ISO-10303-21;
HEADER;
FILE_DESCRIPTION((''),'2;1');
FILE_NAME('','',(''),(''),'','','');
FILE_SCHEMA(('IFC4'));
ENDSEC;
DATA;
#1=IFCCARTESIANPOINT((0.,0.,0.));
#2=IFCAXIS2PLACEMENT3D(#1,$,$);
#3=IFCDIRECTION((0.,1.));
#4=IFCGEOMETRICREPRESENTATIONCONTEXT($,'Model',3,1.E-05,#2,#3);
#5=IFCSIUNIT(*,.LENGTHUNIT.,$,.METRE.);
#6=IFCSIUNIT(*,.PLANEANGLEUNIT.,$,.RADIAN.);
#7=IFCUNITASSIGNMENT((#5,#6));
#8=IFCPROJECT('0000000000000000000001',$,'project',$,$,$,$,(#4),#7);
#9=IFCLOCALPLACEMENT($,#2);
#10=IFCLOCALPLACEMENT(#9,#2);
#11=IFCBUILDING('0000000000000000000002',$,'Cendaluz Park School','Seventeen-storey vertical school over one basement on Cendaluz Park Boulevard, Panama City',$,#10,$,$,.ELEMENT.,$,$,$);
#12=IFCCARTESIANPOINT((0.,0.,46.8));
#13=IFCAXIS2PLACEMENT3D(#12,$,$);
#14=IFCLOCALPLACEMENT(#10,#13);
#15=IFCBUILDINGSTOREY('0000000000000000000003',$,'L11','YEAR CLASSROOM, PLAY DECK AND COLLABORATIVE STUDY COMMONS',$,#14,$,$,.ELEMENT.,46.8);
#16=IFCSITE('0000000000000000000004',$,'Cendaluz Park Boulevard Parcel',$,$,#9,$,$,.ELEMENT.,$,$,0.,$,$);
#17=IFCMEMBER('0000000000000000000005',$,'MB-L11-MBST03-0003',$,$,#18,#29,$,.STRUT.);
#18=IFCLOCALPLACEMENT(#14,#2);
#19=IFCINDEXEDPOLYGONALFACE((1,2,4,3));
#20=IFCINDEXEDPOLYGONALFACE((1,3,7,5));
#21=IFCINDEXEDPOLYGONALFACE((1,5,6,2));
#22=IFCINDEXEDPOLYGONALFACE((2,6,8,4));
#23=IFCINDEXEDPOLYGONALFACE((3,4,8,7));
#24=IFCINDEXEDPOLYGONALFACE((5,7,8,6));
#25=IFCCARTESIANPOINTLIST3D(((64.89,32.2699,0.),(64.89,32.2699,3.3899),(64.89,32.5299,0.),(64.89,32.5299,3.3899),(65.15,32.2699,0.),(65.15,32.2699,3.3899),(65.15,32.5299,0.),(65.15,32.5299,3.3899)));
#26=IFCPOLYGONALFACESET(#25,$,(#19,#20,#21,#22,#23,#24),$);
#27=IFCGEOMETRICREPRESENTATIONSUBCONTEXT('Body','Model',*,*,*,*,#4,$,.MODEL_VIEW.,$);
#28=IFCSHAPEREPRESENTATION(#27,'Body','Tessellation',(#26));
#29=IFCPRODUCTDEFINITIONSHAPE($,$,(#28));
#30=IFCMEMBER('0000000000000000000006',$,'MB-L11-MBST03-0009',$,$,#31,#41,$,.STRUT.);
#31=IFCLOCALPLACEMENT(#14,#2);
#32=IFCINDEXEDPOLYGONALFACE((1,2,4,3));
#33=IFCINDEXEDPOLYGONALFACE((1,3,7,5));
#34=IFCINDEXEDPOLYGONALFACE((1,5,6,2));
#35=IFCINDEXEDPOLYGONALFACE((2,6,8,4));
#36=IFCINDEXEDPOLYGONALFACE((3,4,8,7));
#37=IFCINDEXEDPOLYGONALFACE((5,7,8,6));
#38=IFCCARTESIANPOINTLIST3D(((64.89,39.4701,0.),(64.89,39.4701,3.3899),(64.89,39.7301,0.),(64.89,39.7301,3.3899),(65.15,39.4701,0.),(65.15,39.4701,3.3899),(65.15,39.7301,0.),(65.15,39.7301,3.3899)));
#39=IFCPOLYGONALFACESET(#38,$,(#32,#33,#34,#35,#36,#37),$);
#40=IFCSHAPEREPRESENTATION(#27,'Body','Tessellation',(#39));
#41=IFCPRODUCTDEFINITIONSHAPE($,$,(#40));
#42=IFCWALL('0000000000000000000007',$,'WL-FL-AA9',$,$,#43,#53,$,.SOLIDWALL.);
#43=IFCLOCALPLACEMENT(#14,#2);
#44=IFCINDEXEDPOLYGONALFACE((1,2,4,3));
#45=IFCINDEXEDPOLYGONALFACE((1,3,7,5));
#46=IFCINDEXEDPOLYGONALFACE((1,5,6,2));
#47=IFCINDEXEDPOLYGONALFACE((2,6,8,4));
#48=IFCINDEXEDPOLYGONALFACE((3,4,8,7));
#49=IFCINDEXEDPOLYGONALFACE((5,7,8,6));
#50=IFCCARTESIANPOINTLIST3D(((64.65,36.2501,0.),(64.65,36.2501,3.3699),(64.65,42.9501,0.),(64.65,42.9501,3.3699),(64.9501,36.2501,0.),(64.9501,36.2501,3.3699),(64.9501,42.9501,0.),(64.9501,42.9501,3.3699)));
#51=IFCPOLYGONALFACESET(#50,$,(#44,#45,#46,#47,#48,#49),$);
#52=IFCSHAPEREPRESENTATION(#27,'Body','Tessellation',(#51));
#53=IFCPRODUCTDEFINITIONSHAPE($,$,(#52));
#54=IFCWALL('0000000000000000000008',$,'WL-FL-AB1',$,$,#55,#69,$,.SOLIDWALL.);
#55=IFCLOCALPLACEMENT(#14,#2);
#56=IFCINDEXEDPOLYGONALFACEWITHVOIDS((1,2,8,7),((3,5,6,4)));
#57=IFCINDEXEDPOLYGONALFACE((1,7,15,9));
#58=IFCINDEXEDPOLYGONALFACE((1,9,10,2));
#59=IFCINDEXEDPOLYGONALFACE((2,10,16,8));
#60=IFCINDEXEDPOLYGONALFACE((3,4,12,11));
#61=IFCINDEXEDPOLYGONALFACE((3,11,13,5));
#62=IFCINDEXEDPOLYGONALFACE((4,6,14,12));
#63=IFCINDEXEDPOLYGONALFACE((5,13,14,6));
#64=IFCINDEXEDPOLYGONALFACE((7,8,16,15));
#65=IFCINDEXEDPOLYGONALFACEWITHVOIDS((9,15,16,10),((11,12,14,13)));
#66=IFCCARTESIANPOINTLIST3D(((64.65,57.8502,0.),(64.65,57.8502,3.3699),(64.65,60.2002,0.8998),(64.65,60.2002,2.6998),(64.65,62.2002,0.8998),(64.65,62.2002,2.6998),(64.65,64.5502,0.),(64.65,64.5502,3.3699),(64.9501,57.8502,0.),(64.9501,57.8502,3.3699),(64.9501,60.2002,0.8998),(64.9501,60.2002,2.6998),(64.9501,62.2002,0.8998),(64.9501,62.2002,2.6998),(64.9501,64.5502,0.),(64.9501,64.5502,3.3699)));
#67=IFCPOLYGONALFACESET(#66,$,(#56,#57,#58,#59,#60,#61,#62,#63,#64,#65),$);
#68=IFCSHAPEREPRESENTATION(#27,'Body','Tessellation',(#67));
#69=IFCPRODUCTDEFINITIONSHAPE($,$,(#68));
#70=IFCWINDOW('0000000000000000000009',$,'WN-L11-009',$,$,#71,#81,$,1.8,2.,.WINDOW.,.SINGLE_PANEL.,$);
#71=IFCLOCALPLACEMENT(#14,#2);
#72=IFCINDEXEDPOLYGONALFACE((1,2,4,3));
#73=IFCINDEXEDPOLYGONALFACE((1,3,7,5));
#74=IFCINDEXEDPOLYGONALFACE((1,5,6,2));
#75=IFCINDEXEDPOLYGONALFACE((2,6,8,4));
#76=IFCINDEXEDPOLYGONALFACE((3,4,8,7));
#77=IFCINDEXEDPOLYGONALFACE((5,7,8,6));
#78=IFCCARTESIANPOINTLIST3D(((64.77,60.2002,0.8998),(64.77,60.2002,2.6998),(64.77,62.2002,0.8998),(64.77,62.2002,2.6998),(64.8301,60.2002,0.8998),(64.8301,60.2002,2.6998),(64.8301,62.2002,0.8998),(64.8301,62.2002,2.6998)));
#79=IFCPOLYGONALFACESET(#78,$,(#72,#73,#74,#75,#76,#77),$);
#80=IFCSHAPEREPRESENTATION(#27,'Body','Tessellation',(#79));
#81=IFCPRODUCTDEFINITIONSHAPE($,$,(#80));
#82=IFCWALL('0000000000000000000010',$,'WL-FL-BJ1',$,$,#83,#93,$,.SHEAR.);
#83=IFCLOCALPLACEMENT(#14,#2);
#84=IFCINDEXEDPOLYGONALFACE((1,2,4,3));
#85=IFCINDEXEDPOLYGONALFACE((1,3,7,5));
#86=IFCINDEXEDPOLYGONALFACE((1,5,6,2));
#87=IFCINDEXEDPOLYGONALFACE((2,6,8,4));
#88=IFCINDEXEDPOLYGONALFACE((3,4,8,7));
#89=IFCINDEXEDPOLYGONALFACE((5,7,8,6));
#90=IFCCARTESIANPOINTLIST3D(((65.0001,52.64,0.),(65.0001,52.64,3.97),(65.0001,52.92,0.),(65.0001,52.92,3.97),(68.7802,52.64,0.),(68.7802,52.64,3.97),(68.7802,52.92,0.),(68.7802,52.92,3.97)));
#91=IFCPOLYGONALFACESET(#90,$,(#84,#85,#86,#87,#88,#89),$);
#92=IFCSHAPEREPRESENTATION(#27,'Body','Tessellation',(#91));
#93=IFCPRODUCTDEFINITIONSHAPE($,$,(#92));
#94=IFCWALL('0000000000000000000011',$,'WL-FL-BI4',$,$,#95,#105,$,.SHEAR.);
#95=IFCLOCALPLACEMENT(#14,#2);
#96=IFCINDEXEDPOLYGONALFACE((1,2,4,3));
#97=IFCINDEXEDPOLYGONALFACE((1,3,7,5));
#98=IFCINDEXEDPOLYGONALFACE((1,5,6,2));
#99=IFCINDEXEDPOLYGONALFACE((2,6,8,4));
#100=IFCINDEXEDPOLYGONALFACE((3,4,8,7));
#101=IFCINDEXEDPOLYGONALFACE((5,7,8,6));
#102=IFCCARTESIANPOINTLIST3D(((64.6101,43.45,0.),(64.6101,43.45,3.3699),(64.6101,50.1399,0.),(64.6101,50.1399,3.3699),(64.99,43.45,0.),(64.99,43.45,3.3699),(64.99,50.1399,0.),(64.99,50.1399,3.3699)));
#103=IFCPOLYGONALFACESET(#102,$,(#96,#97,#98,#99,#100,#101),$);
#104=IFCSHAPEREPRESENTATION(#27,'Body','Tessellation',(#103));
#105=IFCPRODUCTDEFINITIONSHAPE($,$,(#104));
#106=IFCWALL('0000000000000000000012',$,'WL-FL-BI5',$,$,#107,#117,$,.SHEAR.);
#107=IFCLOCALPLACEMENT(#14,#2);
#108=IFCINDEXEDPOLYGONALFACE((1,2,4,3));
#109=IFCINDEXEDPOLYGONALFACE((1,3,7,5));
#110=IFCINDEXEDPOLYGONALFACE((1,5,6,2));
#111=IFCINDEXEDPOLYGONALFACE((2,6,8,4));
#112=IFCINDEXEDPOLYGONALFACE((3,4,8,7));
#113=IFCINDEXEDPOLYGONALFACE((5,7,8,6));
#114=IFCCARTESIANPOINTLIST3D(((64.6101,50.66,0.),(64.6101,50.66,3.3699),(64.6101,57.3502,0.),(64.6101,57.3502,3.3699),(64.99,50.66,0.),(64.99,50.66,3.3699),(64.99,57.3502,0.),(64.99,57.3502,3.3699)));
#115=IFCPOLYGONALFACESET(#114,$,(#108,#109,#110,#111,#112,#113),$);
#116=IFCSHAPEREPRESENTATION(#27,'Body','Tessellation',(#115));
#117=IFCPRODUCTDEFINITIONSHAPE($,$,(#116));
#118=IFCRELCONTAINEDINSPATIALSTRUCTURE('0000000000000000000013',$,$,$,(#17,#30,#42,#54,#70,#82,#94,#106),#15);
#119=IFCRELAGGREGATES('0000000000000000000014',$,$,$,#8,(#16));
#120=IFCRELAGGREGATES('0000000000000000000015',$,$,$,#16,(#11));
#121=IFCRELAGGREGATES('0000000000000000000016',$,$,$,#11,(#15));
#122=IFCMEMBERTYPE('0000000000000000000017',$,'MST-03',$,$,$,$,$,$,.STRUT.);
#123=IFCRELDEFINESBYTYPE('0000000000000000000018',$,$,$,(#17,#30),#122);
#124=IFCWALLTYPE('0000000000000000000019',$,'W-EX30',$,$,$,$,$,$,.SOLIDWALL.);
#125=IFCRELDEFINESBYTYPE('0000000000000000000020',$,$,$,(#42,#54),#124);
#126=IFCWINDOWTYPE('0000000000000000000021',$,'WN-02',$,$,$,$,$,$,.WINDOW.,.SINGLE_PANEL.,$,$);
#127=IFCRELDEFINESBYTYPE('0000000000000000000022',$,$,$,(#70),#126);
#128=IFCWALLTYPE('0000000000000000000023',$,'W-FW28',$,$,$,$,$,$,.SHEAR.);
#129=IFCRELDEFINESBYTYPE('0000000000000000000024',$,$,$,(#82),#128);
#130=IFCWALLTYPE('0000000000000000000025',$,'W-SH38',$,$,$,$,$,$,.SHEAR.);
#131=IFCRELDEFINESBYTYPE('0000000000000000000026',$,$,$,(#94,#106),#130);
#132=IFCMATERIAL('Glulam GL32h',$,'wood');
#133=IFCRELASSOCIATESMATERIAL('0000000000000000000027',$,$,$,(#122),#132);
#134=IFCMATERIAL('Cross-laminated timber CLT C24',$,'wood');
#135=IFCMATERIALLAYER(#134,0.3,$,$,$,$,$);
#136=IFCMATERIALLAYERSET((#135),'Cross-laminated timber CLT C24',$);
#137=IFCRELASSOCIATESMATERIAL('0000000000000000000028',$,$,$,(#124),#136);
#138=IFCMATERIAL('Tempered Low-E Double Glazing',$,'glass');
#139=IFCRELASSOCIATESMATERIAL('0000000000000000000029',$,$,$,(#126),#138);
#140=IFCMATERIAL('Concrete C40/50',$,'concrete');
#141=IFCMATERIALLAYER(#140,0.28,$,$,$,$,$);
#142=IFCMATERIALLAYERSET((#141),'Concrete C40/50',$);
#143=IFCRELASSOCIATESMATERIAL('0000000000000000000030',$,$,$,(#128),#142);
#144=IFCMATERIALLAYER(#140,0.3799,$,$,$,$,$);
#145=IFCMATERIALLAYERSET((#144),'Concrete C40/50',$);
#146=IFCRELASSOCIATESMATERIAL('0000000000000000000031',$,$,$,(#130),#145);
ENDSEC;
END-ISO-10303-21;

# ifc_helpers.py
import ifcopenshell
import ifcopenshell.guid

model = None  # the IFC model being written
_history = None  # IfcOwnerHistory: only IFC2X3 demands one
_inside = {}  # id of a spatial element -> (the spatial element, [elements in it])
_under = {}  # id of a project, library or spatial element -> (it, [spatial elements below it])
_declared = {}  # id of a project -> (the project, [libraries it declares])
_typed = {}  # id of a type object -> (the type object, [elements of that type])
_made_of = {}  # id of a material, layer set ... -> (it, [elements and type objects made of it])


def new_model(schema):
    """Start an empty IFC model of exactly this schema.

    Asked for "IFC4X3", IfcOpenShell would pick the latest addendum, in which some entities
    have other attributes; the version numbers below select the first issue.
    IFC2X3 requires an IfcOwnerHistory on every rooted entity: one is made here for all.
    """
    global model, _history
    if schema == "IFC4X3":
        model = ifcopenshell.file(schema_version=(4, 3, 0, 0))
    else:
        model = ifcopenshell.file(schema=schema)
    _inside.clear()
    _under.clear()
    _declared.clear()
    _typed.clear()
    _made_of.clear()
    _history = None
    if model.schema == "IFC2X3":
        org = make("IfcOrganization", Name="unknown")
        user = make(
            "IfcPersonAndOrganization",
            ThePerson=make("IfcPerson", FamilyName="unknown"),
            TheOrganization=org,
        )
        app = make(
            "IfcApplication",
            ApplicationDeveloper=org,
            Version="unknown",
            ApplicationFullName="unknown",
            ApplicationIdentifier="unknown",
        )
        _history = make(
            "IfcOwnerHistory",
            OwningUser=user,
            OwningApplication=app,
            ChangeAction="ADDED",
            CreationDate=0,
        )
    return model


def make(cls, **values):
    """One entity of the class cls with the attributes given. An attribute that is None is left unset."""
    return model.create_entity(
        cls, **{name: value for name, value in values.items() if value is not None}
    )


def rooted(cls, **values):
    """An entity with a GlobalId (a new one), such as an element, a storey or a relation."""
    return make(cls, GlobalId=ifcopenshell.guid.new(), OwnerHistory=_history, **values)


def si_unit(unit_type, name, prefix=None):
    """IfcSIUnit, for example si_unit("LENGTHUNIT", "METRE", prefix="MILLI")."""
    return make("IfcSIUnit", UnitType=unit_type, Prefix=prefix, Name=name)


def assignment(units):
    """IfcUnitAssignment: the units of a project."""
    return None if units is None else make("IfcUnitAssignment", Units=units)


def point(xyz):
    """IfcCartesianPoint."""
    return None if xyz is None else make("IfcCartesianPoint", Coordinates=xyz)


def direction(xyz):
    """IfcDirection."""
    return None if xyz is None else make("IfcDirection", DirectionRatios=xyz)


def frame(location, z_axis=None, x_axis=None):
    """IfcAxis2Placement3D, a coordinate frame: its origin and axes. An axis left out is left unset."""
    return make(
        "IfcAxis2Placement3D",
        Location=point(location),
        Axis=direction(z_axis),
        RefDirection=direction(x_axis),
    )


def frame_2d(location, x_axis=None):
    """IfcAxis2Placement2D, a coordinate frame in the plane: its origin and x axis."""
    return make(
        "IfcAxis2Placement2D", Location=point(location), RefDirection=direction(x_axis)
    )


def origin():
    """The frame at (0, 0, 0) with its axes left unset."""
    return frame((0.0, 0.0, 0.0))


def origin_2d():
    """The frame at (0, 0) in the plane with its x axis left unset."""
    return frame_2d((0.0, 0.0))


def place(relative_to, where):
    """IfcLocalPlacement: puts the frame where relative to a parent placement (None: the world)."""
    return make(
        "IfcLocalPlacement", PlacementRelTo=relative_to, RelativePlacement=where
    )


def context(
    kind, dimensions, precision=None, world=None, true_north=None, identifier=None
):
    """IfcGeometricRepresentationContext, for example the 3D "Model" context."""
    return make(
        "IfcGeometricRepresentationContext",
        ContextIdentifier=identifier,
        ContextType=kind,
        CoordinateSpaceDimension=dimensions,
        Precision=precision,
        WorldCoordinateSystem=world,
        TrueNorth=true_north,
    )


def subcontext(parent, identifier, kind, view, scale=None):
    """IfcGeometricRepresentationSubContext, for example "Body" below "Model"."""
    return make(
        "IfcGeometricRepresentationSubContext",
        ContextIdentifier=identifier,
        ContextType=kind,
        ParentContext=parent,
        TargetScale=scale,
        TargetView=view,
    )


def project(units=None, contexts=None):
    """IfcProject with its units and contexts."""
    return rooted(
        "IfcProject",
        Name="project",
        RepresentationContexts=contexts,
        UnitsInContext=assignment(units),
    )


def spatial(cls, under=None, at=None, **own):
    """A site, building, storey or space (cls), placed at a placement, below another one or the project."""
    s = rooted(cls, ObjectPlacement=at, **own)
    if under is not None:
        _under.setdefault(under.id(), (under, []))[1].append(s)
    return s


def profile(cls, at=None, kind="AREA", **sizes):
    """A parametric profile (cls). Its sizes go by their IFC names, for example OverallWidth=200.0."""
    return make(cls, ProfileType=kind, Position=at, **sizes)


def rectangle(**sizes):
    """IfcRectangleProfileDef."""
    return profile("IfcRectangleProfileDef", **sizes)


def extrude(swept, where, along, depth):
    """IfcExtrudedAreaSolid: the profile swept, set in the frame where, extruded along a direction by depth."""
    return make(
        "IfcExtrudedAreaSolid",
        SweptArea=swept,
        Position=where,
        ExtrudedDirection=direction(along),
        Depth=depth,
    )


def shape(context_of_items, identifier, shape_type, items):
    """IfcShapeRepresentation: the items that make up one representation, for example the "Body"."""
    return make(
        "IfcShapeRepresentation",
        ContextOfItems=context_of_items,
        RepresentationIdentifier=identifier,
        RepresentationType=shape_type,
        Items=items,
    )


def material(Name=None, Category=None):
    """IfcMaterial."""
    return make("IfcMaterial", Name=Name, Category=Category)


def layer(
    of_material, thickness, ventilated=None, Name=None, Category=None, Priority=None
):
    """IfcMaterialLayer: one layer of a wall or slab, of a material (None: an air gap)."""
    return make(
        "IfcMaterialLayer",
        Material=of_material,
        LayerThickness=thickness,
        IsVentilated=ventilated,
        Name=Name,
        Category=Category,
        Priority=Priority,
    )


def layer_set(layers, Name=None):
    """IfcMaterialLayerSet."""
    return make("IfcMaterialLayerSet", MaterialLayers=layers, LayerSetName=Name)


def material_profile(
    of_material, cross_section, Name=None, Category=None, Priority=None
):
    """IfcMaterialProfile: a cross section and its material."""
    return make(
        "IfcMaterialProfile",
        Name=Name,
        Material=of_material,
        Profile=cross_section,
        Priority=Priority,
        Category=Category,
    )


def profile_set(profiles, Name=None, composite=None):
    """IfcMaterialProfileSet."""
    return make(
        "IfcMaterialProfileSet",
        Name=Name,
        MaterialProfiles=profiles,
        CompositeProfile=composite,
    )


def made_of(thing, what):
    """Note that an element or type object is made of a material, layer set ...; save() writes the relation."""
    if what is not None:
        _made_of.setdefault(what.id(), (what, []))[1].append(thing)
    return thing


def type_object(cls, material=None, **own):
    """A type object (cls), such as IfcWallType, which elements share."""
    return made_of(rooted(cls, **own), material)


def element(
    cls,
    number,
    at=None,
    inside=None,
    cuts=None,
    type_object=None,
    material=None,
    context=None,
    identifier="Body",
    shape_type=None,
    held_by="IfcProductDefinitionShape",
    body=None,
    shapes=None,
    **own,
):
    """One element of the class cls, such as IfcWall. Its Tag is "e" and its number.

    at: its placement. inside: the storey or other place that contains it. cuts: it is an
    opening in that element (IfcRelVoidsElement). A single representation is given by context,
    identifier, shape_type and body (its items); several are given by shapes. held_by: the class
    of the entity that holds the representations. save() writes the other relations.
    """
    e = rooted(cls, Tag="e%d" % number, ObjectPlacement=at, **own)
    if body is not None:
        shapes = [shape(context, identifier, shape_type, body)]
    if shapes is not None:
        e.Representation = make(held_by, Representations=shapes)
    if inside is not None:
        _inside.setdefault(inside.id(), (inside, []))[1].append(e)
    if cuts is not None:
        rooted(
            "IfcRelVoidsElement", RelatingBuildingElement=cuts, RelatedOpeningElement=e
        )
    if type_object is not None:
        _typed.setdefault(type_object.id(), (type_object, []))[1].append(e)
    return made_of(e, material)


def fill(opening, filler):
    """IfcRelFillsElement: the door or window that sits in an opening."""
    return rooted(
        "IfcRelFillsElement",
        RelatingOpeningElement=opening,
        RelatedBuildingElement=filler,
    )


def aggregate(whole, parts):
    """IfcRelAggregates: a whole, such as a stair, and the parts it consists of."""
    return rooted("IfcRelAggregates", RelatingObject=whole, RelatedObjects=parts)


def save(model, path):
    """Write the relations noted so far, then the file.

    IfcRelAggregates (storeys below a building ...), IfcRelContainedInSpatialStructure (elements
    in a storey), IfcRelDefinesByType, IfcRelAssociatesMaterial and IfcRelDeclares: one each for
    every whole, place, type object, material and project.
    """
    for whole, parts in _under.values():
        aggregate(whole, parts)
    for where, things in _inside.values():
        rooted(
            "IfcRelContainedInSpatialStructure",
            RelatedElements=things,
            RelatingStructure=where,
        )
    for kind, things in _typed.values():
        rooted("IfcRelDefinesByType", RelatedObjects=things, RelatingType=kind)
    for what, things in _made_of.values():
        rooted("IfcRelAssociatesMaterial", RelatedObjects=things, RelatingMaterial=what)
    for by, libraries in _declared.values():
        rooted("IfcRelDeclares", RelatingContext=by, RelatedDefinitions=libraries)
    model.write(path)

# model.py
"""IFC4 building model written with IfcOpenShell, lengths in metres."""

from ifc_helpers import new_model, si_unit, direction, frame, frame_2d, origin, origin_2d, place, context, subcontext, project, spatial, rectangle, extrude, material, layer, layer_set, material_profile, profile_set, type_object, element, fill, save


model = new_model("IFC4")

# Units and contexts
model_context = context("Model", 3, precision=1e-05, world=origin(), true_north=direction((0.0, 1.0)))
body_context = subcontext(model_context, "Body", "Model", "MODEL_VIEW")
ifc_project = project(units=[si_unit("LENGTHUNIT", "METRE"), si_unit("PLANEANGLEUNIT", "RADIAN")], contexts=[model_context])

# Site, building, storey
site_placement = place(None, origin())
site = spatial("IfcSite", under=ifc_project, at=site_placement, Name="Cendaluz Park Boulevard Parcel", CompositionType="ELEMENT", RefElevation=0.0)
building_placement = place(site_placement, origin())
building = spatial("IfcBuilding", under=site, at=building_placement, Name="Cendaluz Park School", Description="Seventeen-storey vertical school over one basement on Cendaluz Park Boulevard, Panama City", CompositionType="ELEMENT")
storey_placement = place(building_placement, frame((0.0, 0.0, 46.8)))
storey = spatial("IfcBuildingStorey", under=building, at=storey_placement, Name="L11", Description="YEAR CLASSROOM, PLAY DECK AND COLLABORATIVE STUDY COMMONS", CompositionType="ELEMENT", Elevation=46.8)

# Shared definitions
ifc_material_1 = material(Name="Glulam GL32h", Category="wood")

# Members
ifc_material_profile_1 = material_profile(ifc_material_1, rectangle(XDim=0.26, YDim=0.26, at=origin_2d()), Name="GL32h 260x260", Category="wood")
ifc_profile_set_1 = profile_set([ifc_material_profile_1], Name="Glulam GL32h")
member_type_1 = type_object("IfcMemberType", Name="MST-03", PredefinedType="STRUT", material=ifc_profile_set_1)
for number, where, z_axis, x_axis, name in (
    (1, (65.02, 32.3999, 0.0), (0.0, 0.0, 1.0), (1.0, 0.0, 0.0), "MB-L11-MBST03-0003"),
    (2, (65.02, 39.6001, 0.0), (0.0, 0.0, 1.0), (1.0, 0.0, 0.0), "MB-L11-MBST03-0009"),
):
    element("IfcMember", number, at=place(storey_placement, frame(where, z_axis=z_axis, x_axis=x_axis)), inside=storey, type_object=member_type_1, Name=name, PredefinedType="STRUT", context=body_context, shape_type="SweptSolid", body=[
        extrude(rectangle(XDim=0.26, YDim=0.26, at=origin_2d()), origin(), (0.0, 0.0, 1.0), 3.3899),
    ])

# Wall
ifc_material_2 = material(Name="Cross-laminated timber CLT C24", Category="wood")
ifc_layer_1 = layer(ifc_material_2, 0.3)
ifc_layer_set_1 = layer_set([ifc_layer_1], Name="Cross-laminated timber CLT C24")
wall_type_1 = type_object("IfcWallType", Name="W-EX30", PredefinedType="SOLIDWALL", material=ifc_layer_set_1)
wall_1_placement = place(storey_placement, frame((64.8, 36.25, 0.0), z_axis=(0.0, 0.0, 1.0), x_axis=(0.0, 1.0, 0.0)))
element("IfcWall", 3, at=wall_1_placement, inside=storey, type_object=wall_type_1, Name="WL-FL-AA9", PredefinedType="SOLIDWALL", context=body_context, shape_type="SweptSolid", body=[
    extrude(rectangle(XDim=6.7, YDim=0.3, at=frame_2d((3.3501, 0.0))), origin(), (0.0, 0.0, 1.0), 3.3699),
])

# Wall, opening, window
wall_2_placement = place(storey_placement, frame((64.8, 57.8501, 0.0), z_axis=(0.0, 0.0, 1.0), x_axis=(0.0, 1.0, 0.0)))
wall_2 = element("IfcWall", 4, at=wall_2_placement, inside=storey, type_object=wall_type_1, Name="WL-FL-AB1", PredefinedType="SOLIDWALL", context=body_context, shape_type="SweptSolid", body=[
    extrude(rectangle(XDim=6.7, YDim=0.3, at=frame_2d((3.3501, 0.0))), origin(), (0.0, 0.0, 1.0), 3.3699),
])
opening_placement = place(wall_2_placement, frame((2.3501, 0.0, 0.8999)))
opening = element("IfcOpeningElement", 5, at=opening_placement, cuts=wall_2, PredefinedType="OPENING", context=body_context, shape_type="SweptSolid", body=[
    extrude(rectangle(XDim=2.0, YDim=1.8, at=frame_2d((1.0, 0.8999))), frame((0.0, 0.1621, 0.0), z_axis=(0.0, -1.0, 0.0), x_axis=(1.0, 0.0, 0.0)), (0.0, 0.0, 1.0), 0.324),
])
ifc_material_3 = material(Name="Tempered Low-E Double Glazing", Category="glass")
window_type = type_object("IfcWindowType", Name="WN-02", PartitioningType="SINGLE_PANEL", PredefinedType="WINDOW", material=ifc_material_3)
window_placement = place(opening_placement, origin())
window = element("IfcWindow", 6, at=window_placement, inside=storey, type_object=window_type, Name="WN-L11-009", OverallHeight=1.8, OverallWidth=2.0, PartitioningType="SINGLE_PANEL", PredefinedType="WINDOW", context=body_context, shape_type="SweptSolid", body=[
    extrude(rectangle(XDim=2.0, YDim=1.8, at=frame_2d((1.0, 0.8999))), frame((0.0, 0.03, 0.0), z_axis=(0.0, -1.0, 0.0), x_axis=(1.0, 0.0, 0.0)), (0.0, 0.0, 1.0), 0.0601),
])
fill(opening, window)

# Walls
ifc_material_4 = material(Name="Concrete C40/50", Category="concrete")
ifc_layer_2 = layer(ifc_material_4, 0.28)
ifc_layer_set_2 = layer_set([ifc_layer_2], Name="Concrete C40/50")
wall_type_2 = type_object("IfcWallType", Name="W-FW28", PredefinedType="SHEAR", material=ifc_layer_set_2)
wall_3_placement = place(storey_placement, frame((65.0, 52.78, 0.0), z_axis=(0.0, 0.0, 1.0), x_axis=(1.0, 0.0, 0.0)))
element("IfcWall", 7, at=wall_3_placement, inside=storey, type_object=wall_type_2, Name="WL-FL-BJ1", PredefinedType="SHEAR", context=body_context, shape_type="SweptSolid", body=[
    extrude(rectangle(XDim=3.78, YDim=0.28, at=frame_2d((1.8901, 0.0))), origin(), (0.0, 0.0, 1.0), 3.97),
])
ifc_layer_3 = layer(ifc_material_4, 0.3799)
ifc_layer_set_3 = layer_set([ifc_layer_3], Name="Concrete C40/50")
wall_type_3 = type_object("IfcWallType", Name="W-SH38", PredefinedType="SHEAR", material=ifc_layer_set_3)
wall_4_placement = place(storey_placement, frame((64.8, 43.45, 0.0), z_axis=(0.0, 0.0, 1.0), x_axis=(0.0, 1.0, 0.0)))
element("IfcWall", 8, at=wall_4_placement, inside=storey, type_object=wall_type_3, Name="WL-FL-BI4", PredefinedType="SHEAR", context=body_context, shape_type="SweptSolid", body=[
    extrude(rectangle(XDim=6.6899, YDim=0.3799, at=frame_2d((3.345, 0.0))), origin(), (0.0, 0.0, 1.0), 3.3699),
])
wall_5_placement = place(storey_placement, frame((64.8, 50.6599, 0.0), z_axis=(0.0, 0.0, 1.0), x_axis=(0.0, 1.0, 0.0)))
element("IfcWall", 9, at=wall_5_placement, inside=storey, type_object=wall_type_3, Name="WL-FL-BI5", PredefinedType="SHEAR", context=body_context, shape_type="SweptSolid", body=[
    extrude(rectangle(XDim=6.6902, YDim=0.3799, at=frame_2d((3.3452, 0.0))), origin(), (0.0, 0.0, 1.0), 3.3699),
])

save(model, "model.ifc")
